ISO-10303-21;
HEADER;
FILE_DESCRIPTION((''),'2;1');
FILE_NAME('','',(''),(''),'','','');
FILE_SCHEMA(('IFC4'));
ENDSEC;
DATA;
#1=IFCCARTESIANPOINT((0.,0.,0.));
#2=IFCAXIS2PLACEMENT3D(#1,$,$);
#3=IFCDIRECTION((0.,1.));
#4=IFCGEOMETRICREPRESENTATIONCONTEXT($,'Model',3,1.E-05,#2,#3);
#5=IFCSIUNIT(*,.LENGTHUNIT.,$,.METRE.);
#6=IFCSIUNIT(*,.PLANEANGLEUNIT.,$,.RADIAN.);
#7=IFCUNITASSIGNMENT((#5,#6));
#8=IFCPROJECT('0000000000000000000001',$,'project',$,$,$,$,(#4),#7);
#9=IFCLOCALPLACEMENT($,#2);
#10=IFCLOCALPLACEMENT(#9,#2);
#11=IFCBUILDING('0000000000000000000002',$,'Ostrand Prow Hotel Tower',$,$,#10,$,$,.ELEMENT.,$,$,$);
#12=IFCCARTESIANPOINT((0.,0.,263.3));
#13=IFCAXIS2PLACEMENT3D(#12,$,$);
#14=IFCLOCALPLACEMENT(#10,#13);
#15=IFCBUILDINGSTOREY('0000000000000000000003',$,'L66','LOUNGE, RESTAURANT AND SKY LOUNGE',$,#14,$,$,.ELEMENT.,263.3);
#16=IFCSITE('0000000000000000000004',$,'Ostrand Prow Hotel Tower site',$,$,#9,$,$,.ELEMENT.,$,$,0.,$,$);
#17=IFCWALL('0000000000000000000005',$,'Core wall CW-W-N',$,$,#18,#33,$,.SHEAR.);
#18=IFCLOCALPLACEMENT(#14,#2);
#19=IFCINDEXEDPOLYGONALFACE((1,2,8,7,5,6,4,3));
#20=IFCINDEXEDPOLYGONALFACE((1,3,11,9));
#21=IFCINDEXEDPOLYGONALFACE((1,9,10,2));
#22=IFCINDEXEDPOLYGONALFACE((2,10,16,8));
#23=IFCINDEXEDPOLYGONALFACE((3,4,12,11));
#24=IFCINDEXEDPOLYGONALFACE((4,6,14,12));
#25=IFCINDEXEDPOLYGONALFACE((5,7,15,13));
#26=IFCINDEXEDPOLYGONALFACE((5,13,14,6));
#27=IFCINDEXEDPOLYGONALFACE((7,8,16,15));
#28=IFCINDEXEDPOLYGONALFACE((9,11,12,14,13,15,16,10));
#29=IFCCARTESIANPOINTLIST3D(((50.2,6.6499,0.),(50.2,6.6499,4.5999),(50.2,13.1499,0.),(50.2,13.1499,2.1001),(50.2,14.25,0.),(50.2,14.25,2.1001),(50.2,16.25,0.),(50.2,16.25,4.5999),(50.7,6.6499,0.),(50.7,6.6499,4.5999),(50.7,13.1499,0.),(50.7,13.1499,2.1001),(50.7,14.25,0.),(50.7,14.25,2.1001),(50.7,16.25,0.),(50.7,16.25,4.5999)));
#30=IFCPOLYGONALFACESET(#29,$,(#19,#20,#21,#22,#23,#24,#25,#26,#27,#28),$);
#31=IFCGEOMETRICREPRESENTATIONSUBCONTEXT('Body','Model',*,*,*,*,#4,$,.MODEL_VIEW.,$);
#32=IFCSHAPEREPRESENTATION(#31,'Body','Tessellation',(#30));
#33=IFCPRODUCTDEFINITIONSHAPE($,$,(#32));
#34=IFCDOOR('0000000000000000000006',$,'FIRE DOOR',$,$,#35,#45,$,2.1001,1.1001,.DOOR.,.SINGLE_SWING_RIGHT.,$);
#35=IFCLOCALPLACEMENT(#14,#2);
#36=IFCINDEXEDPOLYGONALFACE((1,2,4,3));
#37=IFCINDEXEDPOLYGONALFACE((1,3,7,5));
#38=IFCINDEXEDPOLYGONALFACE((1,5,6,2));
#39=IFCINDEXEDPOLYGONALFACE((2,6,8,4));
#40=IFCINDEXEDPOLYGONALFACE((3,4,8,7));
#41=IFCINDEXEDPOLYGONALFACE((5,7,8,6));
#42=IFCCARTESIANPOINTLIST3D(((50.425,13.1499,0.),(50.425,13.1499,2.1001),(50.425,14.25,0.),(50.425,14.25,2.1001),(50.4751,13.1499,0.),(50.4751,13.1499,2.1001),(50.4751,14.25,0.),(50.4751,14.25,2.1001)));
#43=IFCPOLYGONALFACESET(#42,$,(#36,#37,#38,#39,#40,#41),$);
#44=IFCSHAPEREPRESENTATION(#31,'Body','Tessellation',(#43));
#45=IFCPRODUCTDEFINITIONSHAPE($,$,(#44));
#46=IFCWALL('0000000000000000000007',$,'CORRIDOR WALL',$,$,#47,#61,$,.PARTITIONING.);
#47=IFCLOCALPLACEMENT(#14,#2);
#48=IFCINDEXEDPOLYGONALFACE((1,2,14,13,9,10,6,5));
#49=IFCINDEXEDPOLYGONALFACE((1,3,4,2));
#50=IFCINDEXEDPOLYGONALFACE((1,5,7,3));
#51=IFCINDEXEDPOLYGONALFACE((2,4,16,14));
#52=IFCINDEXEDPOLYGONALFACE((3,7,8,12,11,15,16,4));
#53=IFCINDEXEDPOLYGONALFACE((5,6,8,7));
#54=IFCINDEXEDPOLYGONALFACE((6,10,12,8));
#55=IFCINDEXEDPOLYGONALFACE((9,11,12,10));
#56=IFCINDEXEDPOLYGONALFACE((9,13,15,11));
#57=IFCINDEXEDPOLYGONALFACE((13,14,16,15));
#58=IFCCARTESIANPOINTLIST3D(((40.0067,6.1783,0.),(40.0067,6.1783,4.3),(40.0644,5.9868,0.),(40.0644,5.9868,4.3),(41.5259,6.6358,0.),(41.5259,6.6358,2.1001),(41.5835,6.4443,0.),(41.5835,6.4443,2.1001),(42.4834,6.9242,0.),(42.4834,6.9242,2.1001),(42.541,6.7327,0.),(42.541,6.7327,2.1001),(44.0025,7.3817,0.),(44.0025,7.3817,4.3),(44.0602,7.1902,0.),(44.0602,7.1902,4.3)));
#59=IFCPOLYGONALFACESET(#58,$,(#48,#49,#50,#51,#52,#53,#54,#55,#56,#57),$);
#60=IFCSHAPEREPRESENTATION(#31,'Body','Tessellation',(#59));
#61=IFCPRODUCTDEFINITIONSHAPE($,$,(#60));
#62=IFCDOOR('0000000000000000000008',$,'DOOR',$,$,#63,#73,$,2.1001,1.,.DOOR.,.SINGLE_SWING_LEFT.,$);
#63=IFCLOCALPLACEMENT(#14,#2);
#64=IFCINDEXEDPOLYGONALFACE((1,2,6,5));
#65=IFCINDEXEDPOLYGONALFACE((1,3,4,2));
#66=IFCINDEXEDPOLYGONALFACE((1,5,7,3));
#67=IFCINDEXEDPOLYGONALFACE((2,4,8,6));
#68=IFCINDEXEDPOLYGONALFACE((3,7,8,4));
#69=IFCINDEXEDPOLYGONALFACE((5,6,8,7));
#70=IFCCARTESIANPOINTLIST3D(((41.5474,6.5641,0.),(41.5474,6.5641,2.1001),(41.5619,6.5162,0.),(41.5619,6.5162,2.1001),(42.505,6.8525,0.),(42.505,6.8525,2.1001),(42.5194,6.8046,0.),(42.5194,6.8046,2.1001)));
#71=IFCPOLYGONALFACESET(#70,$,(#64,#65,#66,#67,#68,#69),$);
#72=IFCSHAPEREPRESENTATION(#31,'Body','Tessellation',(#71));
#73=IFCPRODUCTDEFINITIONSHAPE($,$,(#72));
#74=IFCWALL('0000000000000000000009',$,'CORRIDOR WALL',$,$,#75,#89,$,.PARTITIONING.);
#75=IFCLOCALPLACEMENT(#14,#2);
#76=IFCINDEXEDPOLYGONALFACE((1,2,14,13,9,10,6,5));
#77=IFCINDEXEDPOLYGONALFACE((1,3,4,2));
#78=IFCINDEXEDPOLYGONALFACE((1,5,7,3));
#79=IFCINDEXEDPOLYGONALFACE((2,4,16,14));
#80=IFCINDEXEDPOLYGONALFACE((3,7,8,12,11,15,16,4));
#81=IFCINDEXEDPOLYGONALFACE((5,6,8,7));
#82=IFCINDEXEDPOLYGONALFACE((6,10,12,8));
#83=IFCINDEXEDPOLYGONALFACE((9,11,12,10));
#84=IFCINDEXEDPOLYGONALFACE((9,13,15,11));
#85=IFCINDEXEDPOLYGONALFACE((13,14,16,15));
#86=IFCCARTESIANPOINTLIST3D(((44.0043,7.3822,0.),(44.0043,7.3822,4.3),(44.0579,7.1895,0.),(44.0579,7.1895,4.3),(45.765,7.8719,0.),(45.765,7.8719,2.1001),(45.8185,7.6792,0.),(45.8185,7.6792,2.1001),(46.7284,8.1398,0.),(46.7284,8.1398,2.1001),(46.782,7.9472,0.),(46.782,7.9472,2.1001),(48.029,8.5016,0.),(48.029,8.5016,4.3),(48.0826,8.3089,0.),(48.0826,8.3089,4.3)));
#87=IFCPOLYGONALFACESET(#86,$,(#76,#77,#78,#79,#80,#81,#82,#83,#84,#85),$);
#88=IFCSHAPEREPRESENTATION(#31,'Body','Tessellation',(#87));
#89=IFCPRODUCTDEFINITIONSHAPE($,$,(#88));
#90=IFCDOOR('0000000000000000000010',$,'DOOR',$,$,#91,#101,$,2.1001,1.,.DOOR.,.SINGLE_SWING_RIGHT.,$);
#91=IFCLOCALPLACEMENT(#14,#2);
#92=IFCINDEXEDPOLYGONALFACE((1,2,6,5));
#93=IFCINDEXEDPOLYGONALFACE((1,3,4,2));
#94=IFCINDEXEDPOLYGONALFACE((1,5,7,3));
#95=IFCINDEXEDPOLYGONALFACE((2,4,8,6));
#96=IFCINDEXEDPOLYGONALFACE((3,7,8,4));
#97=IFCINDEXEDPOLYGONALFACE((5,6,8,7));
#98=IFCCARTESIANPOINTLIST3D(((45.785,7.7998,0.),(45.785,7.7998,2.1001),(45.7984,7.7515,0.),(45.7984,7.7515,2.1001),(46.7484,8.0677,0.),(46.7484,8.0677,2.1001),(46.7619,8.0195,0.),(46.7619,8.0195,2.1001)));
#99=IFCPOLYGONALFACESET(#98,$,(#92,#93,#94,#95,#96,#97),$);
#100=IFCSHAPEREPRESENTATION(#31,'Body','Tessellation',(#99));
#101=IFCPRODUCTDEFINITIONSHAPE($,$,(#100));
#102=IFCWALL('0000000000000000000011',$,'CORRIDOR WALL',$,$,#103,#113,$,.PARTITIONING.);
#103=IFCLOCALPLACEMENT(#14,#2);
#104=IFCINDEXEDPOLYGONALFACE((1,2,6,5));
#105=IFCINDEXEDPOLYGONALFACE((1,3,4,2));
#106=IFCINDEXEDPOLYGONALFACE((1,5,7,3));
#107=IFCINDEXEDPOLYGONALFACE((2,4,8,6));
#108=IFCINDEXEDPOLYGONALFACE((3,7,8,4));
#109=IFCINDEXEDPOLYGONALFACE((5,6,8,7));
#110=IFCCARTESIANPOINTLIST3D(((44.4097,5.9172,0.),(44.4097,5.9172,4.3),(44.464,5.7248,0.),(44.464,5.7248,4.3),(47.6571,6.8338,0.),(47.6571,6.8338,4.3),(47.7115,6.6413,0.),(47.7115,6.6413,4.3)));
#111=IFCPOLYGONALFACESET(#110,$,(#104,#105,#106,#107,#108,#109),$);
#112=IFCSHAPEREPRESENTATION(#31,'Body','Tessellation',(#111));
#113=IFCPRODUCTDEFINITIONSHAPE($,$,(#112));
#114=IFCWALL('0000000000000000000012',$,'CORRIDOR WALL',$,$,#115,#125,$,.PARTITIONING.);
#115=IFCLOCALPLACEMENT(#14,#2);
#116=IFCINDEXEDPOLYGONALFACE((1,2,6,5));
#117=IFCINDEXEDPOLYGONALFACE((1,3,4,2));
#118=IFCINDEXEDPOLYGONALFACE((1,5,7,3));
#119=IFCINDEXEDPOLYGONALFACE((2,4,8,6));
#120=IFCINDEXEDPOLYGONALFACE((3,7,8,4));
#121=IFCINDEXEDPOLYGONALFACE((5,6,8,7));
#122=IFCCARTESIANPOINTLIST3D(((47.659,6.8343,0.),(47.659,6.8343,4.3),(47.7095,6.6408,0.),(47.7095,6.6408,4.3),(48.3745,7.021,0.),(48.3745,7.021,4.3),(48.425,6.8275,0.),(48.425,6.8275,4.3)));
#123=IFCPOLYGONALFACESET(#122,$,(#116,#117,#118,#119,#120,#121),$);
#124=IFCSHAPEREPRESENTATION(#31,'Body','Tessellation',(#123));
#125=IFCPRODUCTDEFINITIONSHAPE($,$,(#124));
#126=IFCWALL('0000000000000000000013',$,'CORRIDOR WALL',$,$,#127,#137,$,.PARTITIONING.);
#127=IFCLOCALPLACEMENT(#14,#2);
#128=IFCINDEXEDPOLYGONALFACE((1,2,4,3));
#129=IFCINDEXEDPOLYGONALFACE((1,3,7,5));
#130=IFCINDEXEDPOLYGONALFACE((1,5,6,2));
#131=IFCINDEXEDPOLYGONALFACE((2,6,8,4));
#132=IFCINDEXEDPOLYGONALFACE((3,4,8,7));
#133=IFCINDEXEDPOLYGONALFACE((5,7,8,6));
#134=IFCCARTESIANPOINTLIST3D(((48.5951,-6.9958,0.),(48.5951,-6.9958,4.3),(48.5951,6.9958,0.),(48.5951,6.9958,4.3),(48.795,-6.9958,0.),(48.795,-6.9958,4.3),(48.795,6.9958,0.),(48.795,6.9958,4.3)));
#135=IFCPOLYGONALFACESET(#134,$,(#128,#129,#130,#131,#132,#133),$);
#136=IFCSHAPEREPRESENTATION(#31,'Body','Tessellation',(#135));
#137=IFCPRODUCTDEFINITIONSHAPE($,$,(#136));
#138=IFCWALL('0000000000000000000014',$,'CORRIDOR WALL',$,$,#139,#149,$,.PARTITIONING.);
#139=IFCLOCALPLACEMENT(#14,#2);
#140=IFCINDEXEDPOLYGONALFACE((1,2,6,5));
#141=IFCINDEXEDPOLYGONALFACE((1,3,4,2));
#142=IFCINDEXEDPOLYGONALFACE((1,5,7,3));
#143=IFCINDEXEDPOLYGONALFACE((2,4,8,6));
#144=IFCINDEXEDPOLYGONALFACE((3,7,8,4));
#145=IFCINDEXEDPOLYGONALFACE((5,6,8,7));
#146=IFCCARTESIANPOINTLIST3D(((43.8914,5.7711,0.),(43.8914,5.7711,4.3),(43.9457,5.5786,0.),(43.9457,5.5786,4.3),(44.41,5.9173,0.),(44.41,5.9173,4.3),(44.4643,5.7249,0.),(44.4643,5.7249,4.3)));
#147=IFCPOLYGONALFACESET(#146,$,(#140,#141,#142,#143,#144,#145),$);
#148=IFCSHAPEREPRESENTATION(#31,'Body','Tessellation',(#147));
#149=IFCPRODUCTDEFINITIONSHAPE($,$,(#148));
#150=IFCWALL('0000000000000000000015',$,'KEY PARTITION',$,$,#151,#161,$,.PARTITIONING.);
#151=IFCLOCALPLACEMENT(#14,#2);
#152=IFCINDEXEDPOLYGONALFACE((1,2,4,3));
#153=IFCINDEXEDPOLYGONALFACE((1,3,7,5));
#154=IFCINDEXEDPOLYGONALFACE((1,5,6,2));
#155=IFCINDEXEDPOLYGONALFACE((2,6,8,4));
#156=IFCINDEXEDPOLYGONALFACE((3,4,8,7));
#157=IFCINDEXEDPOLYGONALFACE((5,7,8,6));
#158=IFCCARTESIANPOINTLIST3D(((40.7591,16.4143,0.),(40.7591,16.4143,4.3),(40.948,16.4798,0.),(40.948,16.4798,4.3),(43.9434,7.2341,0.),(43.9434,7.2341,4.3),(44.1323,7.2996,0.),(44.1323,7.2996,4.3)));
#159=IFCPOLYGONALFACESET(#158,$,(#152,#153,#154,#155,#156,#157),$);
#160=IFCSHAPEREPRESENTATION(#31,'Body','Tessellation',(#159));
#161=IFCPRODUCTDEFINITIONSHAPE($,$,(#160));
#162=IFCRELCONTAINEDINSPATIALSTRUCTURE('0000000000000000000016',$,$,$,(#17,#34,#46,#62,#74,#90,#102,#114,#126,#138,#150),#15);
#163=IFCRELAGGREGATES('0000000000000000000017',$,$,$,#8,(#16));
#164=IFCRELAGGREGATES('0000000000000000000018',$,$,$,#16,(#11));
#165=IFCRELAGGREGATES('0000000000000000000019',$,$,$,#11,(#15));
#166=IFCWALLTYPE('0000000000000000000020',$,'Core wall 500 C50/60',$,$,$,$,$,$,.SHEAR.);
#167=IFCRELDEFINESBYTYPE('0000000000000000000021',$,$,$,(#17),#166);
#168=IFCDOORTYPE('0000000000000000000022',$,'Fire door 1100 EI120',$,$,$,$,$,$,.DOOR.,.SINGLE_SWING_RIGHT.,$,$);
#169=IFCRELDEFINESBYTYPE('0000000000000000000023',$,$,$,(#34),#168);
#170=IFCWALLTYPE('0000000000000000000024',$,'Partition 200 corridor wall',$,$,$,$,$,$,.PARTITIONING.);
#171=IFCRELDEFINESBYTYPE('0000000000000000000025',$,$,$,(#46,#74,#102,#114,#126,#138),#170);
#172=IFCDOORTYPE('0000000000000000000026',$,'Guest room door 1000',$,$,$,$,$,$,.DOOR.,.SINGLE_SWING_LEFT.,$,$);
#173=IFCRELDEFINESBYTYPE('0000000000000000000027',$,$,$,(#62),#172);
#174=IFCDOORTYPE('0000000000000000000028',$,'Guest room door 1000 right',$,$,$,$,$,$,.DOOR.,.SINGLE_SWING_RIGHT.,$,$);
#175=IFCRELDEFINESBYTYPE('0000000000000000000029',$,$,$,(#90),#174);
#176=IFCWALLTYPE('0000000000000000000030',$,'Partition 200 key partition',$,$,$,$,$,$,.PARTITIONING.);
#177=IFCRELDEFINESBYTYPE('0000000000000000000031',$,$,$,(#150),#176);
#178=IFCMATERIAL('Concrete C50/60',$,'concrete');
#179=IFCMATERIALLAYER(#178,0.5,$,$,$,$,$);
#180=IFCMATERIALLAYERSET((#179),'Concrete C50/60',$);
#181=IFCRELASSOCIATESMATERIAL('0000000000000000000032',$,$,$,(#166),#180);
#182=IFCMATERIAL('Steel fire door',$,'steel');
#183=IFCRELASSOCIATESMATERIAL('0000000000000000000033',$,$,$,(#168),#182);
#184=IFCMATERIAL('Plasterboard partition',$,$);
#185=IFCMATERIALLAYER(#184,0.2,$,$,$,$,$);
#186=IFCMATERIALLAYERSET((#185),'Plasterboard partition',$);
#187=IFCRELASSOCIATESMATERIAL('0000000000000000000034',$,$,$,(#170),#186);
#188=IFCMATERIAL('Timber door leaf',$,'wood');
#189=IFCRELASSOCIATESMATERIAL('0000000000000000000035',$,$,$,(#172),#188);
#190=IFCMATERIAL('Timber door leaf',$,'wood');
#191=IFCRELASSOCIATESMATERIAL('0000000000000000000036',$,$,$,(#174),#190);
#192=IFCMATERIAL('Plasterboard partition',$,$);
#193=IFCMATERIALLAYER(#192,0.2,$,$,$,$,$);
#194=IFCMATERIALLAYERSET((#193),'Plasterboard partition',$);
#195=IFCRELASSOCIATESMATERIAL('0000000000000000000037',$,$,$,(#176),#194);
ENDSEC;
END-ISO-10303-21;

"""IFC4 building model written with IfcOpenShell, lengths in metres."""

from ifc_helpers import new_model, si_unit, direction, frame, frame_2d, origin, place, context, subcontext, project, spatial, rectangle, extrude, material, layer, layer_set, type_object, element, fill, save


model = new_model("IFC4")

# Units and contexts
model_context = context("Model", 3, precision=1e-05, world=origin(), true_north=direction((0.0, 1.0)))
body_context = subcontext(model_context, "Body", "Model", "MODEL_VIEW")
ifc_project = project(units=[si_unit("LENGTHUNIT", "METRE"), si_unit("PLANEANGLEUNIT", "RADIAN")], contexts=[model_context])

# Site, building, storey
site_placement = place(None, origin())
site = spatial("IfcSite", under=ifc_project, at=site_placement, Name="Ostrand Prow Hotel Tower site", CompositionType="ELEMENT", RefElevation=0.0)
building_placement = place(site_placement, origin())
building = spatial("IfcBuilding", under=site, at=building_placement, Name="Ostrand Prow Hotel Tower", CompositionType="ELEMENT")
storey_placement = place(building_placement, frame((0.0, 0.0, 263.3)))
storey = spatial("IfcBuildingStorey", under=building, at=storey_placement, Name="L66", Description="LOUNGE, RESTAURANT AND SKY LOUNGE", CompositionType="ELEMENT", Elevation=263.3)

# Walls, openings, doors
ifc_material_1 = material(Name="Concrete C50/60", Category="concrete")
ifc_layer_1 = layer(ifc_material_1, 0.5)
ifc_layer_set_1 = layer_set([ifc_layer_1], Name="Concrete C50/60")
wall_type_1 = type_object("IfcWallType", Name="Core wall 500 C50/60", PredefinedType="SHEAR", material=ifc_layer_set_1)
wall_1_placement = place(storey_placement, frame((50.45, 6.6499, 0.0), z_axis=(0.0, 0.0, 1.0), x_axis=(0.0, 1.0, 0.0)))
wall_1 = element("IfcWall", 1, at=wall_1_placement, inside=storey, type_object=wall_type_1, Name="Core wall CW-W-N", PredefinedType="SHEAR", context=body_context, shape_type="SweptSolid", body=[
    extrude(rectangle(XDim=9.6001, YDim=0.5, at=frame_2d((4.8, 0.0))), origin(), (0.0, 0.0, 1.0), 4.5999),
])
opening_1_placement = place(wall_1_placement, frame((6.5, 0.0, 0.0)))
opening_1 = element("IfcOpeningElement", 2, at=opening_1_placement, cuts=wall_1, PredefinedType="OPENING", context=body_context, shape_type="SweptSolid", body=[
    extrude(rectangle(XDim=1.1001, YDim=2.1001, at=frame_2d((0.55, 1.05))), frame((0.0, 0.26, 0.0), z_axis=(0.0, -1.0, 0.0), x_axis=(1.0, 0.0, 0.0)), (0.0, 0.0, 1.0), 0.52),
])
ifc_material_2 = material(Name="Steel fire door", Category="steel")
door_type_1 = type_object("IfcDoorType", Name="Fire door 1100 EI120", OperationType="SINGLE_SWING_RIGHT", PredefinedType="DOOR", material=ifc_material_2)
door_1_placement = place(opening_1_placement, origin())
door_1 = element("IfcDoor", 3, at=door_1_placement, inside=storey, type_object=door_type_1, Name="FIRE DOOR", OperationType="SINGLE_SWING_RIGHT", OverallHeight=2.1001, OverallWidth=1.1001, PredefinedType="DOOR", context=body_context, shape_type="SweptSolid", body=[
    extrude(rectangle(XDim=1.1001, YDim=2.1001, at=frame_2d((0.55, 1.05))), frame((0.0, 0.0249, 0.0), z_axis=(0.0, -1.0, 0.0), x_axis=(1.0, 0.0, 0.0)), (0.0, 0.0, 1.0), 0.05),
])
fill(opening_1, door_1)
ifc_material_3 = material(Name="Plasterboard partition")
ifc_layer_2 = layer(ifc_material_3, 0.2)
ifc_layer_set_2 = layer_set([ifc_layer_2], Name="Plasterboard partition")
wall_type_2 = type_object("IfcWallType", Name="Partition 200 corridor wall", PredefinedType="PARTITIONING", material=ifc_layer_set_2)
wall_2_placement = place(storey_placement, frame((44.0312, 7.2859, 0.0), z_axis=(0.0, 0.0, 1.0), x_axis=(-0.957521, -0.288362, 0.0)))
wall_2 = element("IfcWall", 4, at=wall_2_placement, inside=storey, type_object=wall_type_2, Name="CORRIDOR WALL", PredefinedType="PARTITIONING", context=body_context, shape_type="SweptSolid", body=[
    extrude(rectangle(XDim=4.1731, YDim=0.2, at=frame_2d((2.0864, 0.0))), origin(), (0.0, 0.0, 1.0), 4.3),
])
opening_2_placement = place(wall_2_placement, frame((1.5864, 0.0, 0.0)))
opening_2 = element("IfcOpeningElement", 5, at=opening_2_placement, cuts=wall_2, PredefinedType="OPENING", context=body_context, shape_type="SweptSolid", body=[
    extrude(rectangle(XDim=1.0, YDim=2.1001, at=frame_2d((0.5, 1.05))), frame((0.0, 0.1099, 0.0), z_axis=(0.0, -1.0, 0.0), x_axis=(1.0, 0.0, 0.0)), (0.0, 0.0, 1.0), 0.22),
])
ifc_material_4 = material(Name="Timber door leaf", Category="wood")
door_type_2 = type_object("IfcDoorType", Name="Guest room door 1000", OperationType="SINGLE_SWING_LEFT", PredefinedType="DOOR", material=ifc_material_4)
door_2_placement = place(opening_2_placement, origin())
door_2 = element("IfcDoor", 6, at=door_2_placement, inside=storey, type_object=door_type_2, Name="DOOR", OperationType="SINGLE_SWING_LEFT", OverallHeight=2.1001, OverallWidth=1.0, PredefinedType="DOOR", context=body_context, shape_type="SweptSolid", body=[
    extrude(rectangle(XDim=1.0, YDim=2.1001, at=frame_2d((0.5, 1.05))), frame((0.0, 0.0249, 0.0), z_axis=(0.0, -1.0, 0.0), x_axis=(1.0, 0.0, 0.0)), (0.0, 0.0, 1.0), 0.05),
])
fill(opening_2, door_2)
wall_3_placement = place(storey_placement, frame((48.0559, 8.4053, 0.0), z_axis=(0.0, 0.0, 1.0), x_axis=(-0.96343, -0.26796, 0.0)))
wall_3 = element("IfcWall", 7, at=wall_3_placement, inside=storey, type_object=wall_type_2, Name="CORRIDOR WALL", PredefinedType="PARTITIONING", context=body_context, shape_type="SweptSolid", body=[
    extrude(rectangle(XDim=4.1775, YDim=0.2, at=frame_2d((2.0889, 0.0))), origin(), (0.0, 0.0, 1.0), 4.3),
])
opening_3_placement = place(wall_3_placement, frame((1.3501, 0.0, 0.0)))
opening_3 = element("IfcOpeningElement", 8, at=opening_3_placement, cuts=wall_3, PredefinedType="OPENING", context=body_context, shape_type="SweptSolid", body=[
    extrude(rectangle(XDim=1.0, YDim=2.1001, at=frame_2d((0.5, 1.05))), frame((0.0, 0.1099, 0.0), z_axis=(0.0, -1.0, 0.0), x_axis=(1.0, 0.0, 0.0)), (0.0, 0.0, 1.0), 0.22),
])
ifc_material_5 = material(Name="Timber door leaf", Category="wood")
door_type_3 = type_object("IfcDoorType", Name="Guest room door 1000 right", OperationType="SINGLE_SWING_RIGHT", PredefinedType="DOOR", material=ifc_material_5)
door_3_placement = place(opening_3_placement, origin())
door_3 = element("IfcDoor", 9, at=door_3_placement, inside=storey, type_object=door_type_3, Name="DOOR", OperationType="SINGLE_SWING_RIGHT", OverallHeight=2.1001, OverallWidth=1.0, PredefinedType="DOOR", context=body_context, shape_type="SweptSolid", body=[
    extrude(rectangle(XDim=1.0, YDim=2.1001, at=frame_2d((0.5, 1.05))), frame((0.0, 0.0249, 0.0), z_axis=(0.0, -1.0, 0.0), x_axis=(1.0, 0.0, 0.0)), (0.0, 0.0, 1.0), 0.05),
])
fill(opening_3, door_3)

# Walls
wall_4_placement = place(storey_placement, frame((44.437, 5.821, 0.0), z_axis=(0.0, 0.0, 1.0), x_axis=(0.962404, 0.271623, 0.0)))
element("IfcWall", 10, at=wall_4_placement, inside=storey, type_object=wall_type_2, Name="CORRIDOR WALL", PredefinedType="PARTITIONING", context=body_context, shape_type="SweptSolid", body=[
    extrude(rectangle(XDim=3.3743, YDim=0.2, at=frame_2d((1.687, 0.0))), origin(), (0.0, 0.0, 1.0), 4.3),
])
wall_5_placement = place(storey_placement, frame((47.6843, 6.7375, 0.0), z_axis=(0.0, 0.0, 1.0), x_axis=(0.967586, 0.252543, 0.0)))
element("IfcWall", 11, at=wall_5_placement, inside=storey, type_object=wall_type_2, Name="CORRIDOR WALL", PredefinedType="PARTITIONING", context=body_context, shape_type="SweptSolid", body=[
    extrude(rectangle(XDim=0.7395, YDim=0.2, at=frame_2d((0.3696, 0.0))), origin(), (0.0, 0.0, 1.0), 4.3),
])
wall_6_placement = place(storey_placement, frame((48.6951, 6.9958, 0.0), z_axis=(0.0, 0.0, 1.0), x_axis=(0.0, -1.0, 0.0)))
element("IfcWall", 12, at=wall_6_placement, inside=storey, type_object=wall_type_2, Name="CORRIDOR WALL", PredefinedType="PARTITIONING", context=body_context, shape_type="SweptSolid", body=[
    extrude(rectangle(XDim=13.9917, YDim=0.2, at=frame_2d((6.9958, 0.0))), origin(), (0.0, 0.0, 1.0), 4.3),
])
wall_7_placement = place(storey_placement, frame((43.9185, 5.6748, 0.0), z_axis=(0.0, 0.0, 1.0), x_axis=(0.962459, 0.271428, 0.0)))
element("IfcWall", 13, at=wall_7_placement, inside=storey, type_object=wall_type_2, Name="CORRIDOR WALL", PredefinedType="PARTITIONING", context=body_context, shape_type="SweptSolid", body=[
    extrude(rectangle(XDim=0.5388, YDim=0.2, at=frame_2d((0.2695, 0.0))), origin(), (0.0, 0.0, 1.0), 4.3),
])
ifc_material_6 = material(Name="Plasterboard partition")
ifc_layer_3 = layer(ifc_material_6, 0.2)
ifc_layer_set_3 = layer_set([ifc_layer_3], Name="Plasterboard partition")
wall_type_3 = type_object("IfcWallType", Name="Partition 200 key partition", PredefinedType="PARTITIONING", material=ifc_layer_set_3)
wall_8_placement = place(storey_placement, frame((44.0378, 7.2668, 0.0), z_axis=(0.0, 0.0, 1.0), x_axis=(-0.327715, 0.944777, 0.0)))
element("IfcWall", 14, at=wall_8_placement, inside=storey, type_object=wall_type_3, Name="KEY PARTITION", PredefinedType="PARTITIONING", context=body_context, shape_type="SweptSolid", body=[
    extrude(rectangle(XDim=9.7168, YDim=0.2, at=frame_2d((4.8584, 0.0))), origin(), (0.0, 0.0, 1.0), 4.3),
])

save(model, "model.ifc")
